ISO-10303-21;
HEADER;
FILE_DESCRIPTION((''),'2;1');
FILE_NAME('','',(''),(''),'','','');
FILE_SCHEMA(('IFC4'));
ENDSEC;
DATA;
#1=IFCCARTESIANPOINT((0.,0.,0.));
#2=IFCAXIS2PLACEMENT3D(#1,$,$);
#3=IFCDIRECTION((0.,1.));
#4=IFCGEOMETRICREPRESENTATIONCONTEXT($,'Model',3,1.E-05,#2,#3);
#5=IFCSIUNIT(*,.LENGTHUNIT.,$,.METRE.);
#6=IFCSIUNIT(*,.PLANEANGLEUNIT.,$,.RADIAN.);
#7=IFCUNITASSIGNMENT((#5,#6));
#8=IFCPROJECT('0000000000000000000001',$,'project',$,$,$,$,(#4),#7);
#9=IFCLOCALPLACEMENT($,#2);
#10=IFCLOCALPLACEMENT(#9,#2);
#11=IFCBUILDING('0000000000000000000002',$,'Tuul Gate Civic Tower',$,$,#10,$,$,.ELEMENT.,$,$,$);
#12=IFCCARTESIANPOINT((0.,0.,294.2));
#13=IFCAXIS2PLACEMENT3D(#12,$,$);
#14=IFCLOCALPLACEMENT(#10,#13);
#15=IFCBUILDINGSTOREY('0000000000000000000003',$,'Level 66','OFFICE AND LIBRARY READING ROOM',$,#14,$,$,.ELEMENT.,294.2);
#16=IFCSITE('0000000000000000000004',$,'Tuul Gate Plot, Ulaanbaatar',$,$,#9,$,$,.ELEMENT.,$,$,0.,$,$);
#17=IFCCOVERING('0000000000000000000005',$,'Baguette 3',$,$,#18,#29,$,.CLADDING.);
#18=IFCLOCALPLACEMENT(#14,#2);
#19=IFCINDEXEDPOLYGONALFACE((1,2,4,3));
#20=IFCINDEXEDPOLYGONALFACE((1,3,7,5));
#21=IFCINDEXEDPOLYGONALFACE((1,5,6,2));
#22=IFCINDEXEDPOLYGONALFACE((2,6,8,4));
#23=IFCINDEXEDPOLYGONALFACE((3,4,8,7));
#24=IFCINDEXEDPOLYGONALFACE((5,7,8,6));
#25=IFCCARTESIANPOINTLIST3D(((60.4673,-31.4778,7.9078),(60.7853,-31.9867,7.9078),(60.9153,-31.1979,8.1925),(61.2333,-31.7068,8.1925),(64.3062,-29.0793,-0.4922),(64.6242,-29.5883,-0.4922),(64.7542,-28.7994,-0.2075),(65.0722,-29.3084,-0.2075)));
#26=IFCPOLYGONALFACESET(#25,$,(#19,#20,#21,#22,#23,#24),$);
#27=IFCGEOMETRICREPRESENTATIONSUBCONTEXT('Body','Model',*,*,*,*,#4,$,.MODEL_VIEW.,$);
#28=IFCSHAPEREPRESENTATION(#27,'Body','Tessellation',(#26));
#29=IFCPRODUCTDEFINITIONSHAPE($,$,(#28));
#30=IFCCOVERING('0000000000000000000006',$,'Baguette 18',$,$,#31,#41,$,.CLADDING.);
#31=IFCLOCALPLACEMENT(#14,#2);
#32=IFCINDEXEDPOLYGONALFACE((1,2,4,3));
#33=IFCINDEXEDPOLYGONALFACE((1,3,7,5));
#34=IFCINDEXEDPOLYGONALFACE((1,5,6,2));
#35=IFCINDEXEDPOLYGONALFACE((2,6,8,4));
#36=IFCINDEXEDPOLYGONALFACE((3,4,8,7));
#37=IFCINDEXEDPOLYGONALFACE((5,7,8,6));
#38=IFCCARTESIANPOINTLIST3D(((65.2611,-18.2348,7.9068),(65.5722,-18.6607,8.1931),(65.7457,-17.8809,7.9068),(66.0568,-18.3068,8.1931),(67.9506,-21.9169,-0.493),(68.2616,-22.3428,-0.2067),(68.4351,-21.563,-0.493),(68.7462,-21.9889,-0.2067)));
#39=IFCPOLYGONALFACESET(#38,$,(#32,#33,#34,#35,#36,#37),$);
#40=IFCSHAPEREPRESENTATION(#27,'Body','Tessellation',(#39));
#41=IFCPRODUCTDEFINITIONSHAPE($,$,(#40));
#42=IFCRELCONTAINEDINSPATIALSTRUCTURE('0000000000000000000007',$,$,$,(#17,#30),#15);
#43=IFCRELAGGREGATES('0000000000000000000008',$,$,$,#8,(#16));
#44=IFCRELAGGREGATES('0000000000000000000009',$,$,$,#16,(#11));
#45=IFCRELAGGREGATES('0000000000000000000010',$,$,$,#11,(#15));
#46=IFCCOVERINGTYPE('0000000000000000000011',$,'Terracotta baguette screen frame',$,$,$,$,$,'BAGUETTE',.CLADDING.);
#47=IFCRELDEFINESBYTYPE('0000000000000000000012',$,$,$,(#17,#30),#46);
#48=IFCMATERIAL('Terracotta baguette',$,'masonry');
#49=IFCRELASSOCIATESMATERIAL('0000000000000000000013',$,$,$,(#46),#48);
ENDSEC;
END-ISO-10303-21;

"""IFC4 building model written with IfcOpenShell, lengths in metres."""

from ifc_helpers import new_model, si_unit, direction, frame, origin, origin_2d, place, context, subcontext, project, spatial, rectangle, extrude, material, material_profile, profile_set, type_object, element, save


model = new_model("IFC4")

# Units and contexts
model_context = context("Model", 3, precision=1e-05, world=origin(), true_north=direction((0.0, 1.0)))
body_context = subcontext(model_context, "Body", "Model", "MODEL_VIEW")
ifc_project = project(units=[si_unit("LENGTHUNIT", "METRE"), si_unit("PLANEANGLEUNIT", "RADIAN")], contexts=[model_context])

# Site, building, storey
site_placement = place(None, origin())
site = spatial("IfcSite", under=ifc_project, at=site_placement, Name="Tuul Gate Plot, Ulaanbaatar", CompositionType="ELEMENT", RefElevation=0.0)
building_placement = place(site_placement, origin())
building = spatial("IfcBuilding", under=site, at=building_placement, Name="Tuul Gate Civic Tower", CompositionType="ELEMENT")
storey_placement = place(building_placement, frame((0.0, 0.0, 294.2)))
storey = spatial("IfcBuildingStorey", under=building, at=storey_placement, Name="Level 66", Description="OFFICE AND LIBRARY READING ROOM", CompositionType="ELEMENT", Elevation=294.2)

# Coverings
ifc_material_1 = material(Name="Terracotta baguette", Category="masonry")
ifc_material_profile_1 = material_profile(ifc_material_1, rectangle(XDim=0.6001, YDim=0.6001, at=origin_2d()), Name="Terracotta baguette screen frame")
ifc_profile_set_1 = profile_set([ifc_material_profile_1], Name="Terracotta baguette")
covering_type = type_object("IfcCoveringType", Name="Terracotta baguette screen frame", ElementType="BAGUETTE", PredefinedType="CLADDING", material=ifc_profile_set_1)
covering_1_placement = place(storey_placement, frame((64.6892, -29.1938, -0.3499), z_axis=(-0.402317, -0.251359, 0.880318), x_axis=(0.529863, -0.848083, 0.0)))
element("IfcCovering", 1, at=covering_1_placement, inside=storey, type_object=covering_type, Name="Baguette 3", PredefinedType="CLADDING", context=body_context, shape_type="SweptSolid", body=[
    extrude(rectangle(XDim=0.6001, YDim=0.6001, at=origin_2d()), origin(), (0.0, 0.0, 1.0), 9.542),
])
covering_2_placement = place(storey_placement, frame((68.3484, -21.9529, -0.3499), z_axis=(-0.281391, 0.385253, 0.878862), x_axis=(-0.80753, -0.589826, 0.0)))
element("IfcCovering", 2, at=covering_2_placement, inside=storey, type_object=covering_type, Name="Baguette 18", PredefinedType="CLADDING", context=body_context, shape_type="SweptSolid", body=[
    extrude(rectangle(XDim=0.6001, YDim=0.6001, at=origin_2d()), origin(), (0.0, 0.0, 1.0), 9.5576),
])

save(model, "model.ifc")
